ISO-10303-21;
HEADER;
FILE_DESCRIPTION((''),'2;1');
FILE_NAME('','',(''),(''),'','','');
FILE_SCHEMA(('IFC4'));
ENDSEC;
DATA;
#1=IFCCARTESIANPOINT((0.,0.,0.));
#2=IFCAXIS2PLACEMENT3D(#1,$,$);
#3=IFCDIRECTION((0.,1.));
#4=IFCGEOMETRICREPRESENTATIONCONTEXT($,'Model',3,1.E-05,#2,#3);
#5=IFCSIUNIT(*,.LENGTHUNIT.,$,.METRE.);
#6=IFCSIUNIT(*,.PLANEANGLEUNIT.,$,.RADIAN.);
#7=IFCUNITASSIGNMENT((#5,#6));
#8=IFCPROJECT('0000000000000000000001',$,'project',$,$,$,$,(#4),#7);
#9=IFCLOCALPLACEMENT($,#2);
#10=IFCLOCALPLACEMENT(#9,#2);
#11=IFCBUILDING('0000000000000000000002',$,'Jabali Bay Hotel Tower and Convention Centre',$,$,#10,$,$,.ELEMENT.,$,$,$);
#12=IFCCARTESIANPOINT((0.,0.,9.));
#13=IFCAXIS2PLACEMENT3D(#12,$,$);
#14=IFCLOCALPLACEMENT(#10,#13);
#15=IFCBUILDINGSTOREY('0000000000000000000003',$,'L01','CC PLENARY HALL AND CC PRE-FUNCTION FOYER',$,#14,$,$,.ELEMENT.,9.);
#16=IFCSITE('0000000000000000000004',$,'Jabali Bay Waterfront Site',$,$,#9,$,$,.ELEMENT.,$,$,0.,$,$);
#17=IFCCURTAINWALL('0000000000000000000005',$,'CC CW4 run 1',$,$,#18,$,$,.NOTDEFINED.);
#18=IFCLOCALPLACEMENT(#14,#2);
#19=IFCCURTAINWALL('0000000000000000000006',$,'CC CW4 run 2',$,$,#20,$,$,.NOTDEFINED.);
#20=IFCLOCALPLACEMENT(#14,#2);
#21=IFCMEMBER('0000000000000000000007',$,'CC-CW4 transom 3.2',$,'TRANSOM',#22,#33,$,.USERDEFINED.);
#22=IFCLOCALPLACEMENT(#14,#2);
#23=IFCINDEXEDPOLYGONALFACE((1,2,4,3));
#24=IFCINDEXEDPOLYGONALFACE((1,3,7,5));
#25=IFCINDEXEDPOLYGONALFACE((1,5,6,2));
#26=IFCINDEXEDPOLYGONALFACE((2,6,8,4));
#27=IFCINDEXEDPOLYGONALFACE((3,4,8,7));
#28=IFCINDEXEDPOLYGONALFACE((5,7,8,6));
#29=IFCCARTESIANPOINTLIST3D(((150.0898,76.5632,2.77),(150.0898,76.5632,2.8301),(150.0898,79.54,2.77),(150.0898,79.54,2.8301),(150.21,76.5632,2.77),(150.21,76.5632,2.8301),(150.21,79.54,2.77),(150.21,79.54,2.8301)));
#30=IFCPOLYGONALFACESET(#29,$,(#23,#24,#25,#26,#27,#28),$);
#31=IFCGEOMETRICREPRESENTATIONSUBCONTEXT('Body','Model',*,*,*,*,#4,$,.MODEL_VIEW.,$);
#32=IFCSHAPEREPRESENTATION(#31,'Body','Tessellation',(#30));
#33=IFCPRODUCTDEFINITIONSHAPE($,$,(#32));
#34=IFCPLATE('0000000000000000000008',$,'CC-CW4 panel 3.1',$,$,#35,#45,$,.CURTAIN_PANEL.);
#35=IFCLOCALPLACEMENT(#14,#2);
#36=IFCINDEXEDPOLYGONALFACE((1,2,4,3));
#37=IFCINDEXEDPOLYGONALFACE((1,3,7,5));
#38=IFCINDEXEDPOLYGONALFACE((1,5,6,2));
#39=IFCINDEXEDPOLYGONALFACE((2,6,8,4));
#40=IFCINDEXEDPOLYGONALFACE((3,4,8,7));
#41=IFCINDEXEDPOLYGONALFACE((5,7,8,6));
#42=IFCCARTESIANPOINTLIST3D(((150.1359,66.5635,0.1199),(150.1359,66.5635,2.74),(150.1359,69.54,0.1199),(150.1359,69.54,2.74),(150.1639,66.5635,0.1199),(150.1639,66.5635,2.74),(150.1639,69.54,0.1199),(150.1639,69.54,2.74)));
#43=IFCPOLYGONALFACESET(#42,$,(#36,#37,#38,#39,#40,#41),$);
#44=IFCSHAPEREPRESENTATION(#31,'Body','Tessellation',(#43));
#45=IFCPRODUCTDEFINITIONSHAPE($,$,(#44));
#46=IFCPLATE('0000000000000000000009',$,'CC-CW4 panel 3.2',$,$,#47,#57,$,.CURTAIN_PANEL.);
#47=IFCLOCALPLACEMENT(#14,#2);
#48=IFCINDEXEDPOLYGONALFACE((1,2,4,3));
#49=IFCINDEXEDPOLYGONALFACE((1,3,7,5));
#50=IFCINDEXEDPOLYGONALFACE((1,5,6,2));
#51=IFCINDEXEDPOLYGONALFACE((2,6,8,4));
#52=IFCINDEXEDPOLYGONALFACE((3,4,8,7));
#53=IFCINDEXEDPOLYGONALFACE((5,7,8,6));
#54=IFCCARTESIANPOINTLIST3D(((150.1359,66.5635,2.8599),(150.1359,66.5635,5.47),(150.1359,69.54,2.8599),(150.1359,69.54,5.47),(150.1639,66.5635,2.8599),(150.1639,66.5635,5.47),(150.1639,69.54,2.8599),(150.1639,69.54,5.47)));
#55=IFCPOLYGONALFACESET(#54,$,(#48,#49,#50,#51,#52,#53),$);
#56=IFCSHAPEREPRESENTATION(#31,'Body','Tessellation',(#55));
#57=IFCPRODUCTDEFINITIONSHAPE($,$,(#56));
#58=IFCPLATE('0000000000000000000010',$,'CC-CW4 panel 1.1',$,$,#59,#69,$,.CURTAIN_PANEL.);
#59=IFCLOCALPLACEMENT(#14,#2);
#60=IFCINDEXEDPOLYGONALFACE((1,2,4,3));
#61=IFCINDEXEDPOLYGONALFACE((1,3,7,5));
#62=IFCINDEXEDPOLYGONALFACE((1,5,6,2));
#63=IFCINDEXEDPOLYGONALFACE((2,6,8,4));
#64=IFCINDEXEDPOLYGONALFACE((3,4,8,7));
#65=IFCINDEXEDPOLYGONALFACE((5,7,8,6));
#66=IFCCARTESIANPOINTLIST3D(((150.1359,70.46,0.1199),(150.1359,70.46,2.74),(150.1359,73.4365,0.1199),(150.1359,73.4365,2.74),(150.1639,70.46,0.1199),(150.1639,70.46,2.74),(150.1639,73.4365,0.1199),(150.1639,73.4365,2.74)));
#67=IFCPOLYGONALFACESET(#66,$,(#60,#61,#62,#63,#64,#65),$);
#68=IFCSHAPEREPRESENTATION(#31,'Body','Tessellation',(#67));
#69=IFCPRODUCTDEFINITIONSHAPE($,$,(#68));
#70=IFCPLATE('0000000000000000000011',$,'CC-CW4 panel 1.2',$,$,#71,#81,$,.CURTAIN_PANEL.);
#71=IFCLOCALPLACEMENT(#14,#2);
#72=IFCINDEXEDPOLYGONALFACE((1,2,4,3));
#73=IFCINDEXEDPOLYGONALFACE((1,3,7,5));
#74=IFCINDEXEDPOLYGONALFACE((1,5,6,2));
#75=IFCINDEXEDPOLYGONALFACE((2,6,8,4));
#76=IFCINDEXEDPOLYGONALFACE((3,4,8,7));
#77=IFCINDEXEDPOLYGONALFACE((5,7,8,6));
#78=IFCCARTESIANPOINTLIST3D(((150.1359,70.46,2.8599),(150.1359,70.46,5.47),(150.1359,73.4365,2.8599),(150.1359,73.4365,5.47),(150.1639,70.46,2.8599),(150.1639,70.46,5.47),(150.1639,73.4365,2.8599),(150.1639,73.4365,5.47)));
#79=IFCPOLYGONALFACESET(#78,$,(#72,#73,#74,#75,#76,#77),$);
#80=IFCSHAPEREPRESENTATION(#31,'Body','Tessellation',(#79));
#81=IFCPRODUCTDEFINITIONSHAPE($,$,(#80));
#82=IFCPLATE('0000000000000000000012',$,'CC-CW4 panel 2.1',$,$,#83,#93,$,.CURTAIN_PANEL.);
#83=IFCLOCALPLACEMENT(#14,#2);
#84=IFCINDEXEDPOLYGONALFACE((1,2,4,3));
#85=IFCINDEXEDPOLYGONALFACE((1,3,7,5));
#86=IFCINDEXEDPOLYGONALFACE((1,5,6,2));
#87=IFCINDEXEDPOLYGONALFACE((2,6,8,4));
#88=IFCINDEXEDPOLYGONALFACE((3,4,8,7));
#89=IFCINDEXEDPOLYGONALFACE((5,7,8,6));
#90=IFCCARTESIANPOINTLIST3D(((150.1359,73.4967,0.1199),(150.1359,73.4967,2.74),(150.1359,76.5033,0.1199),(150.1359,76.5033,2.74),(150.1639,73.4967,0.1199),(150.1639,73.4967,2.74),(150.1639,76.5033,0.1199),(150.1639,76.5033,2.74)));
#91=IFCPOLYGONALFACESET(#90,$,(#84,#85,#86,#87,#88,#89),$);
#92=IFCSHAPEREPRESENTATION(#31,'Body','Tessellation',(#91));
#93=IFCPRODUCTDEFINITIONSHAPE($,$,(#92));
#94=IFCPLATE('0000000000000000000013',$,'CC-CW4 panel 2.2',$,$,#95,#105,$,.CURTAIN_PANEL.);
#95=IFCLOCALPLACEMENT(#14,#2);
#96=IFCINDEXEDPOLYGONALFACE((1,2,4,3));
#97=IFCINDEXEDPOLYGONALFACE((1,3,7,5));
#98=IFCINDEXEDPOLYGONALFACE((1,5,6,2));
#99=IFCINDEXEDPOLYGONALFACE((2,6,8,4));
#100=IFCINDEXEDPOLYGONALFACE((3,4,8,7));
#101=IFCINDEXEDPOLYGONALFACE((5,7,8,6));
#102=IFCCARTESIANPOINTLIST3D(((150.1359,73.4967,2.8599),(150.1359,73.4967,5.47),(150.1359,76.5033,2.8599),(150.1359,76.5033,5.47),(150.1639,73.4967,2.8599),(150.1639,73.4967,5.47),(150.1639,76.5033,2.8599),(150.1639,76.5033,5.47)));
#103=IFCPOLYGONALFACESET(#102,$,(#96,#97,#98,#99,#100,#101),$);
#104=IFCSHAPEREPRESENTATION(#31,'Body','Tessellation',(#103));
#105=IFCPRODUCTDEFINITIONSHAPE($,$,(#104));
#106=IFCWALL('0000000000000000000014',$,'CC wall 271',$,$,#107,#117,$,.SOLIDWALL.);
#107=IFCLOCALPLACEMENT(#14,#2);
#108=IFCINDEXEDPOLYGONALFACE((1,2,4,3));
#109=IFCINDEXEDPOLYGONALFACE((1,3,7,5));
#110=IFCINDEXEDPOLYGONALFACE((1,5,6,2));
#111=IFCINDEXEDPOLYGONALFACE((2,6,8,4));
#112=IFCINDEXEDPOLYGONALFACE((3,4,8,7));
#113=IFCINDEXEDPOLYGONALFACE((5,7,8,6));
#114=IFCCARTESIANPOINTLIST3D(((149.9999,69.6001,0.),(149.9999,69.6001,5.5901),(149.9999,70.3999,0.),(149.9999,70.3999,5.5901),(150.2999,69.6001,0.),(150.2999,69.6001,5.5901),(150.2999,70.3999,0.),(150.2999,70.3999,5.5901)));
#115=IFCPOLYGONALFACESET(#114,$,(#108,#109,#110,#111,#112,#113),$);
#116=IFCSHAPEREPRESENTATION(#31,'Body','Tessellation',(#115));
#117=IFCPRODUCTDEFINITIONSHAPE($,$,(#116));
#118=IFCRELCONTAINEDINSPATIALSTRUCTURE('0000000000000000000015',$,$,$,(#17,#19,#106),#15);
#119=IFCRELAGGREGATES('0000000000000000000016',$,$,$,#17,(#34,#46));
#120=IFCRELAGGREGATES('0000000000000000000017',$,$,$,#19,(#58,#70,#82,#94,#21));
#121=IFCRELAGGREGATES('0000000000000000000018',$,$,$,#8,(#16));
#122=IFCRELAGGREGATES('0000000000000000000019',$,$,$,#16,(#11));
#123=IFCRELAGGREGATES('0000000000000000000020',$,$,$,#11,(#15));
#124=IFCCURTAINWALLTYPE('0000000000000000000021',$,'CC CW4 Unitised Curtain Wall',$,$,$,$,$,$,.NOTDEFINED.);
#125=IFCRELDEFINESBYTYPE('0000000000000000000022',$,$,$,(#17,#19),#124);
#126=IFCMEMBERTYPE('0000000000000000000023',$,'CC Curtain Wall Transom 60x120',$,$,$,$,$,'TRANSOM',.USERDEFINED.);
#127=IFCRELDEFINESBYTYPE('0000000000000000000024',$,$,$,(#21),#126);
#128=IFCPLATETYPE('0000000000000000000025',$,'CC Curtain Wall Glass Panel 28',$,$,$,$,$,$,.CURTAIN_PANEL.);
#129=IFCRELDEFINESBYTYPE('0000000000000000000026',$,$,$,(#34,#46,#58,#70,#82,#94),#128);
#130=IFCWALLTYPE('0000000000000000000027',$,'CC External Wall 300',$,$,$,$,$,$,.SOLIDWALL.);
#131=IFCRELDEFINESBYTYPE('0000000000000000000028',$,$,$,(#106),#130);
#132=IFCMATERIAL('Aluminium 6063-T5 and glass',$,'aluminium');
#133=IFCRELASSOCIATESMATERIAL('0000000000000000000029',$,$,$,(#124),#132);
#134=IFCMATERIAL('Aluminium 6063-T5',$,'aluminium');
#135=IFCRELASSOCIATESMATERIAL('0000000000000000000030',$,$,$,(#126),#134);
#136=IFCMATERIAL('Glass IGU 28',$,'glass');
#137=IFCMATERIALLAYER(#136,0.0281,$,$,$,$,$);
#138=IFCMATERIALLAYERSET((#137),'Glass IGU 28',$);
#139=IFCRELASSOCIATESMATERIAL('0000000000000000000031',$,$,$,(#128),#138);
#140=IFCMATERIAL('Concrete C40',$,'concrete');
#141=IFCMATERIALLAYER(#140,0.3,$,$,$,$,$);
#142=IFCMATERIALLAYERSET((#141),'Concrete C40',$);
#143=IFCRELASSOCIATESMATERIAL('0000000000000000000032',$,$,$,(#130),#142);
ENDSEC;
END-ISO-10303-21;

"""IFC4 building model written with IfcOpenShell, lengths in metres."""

from ifc_helpers import new_model, si_unit, direction, frame, frame_2d, origin, origin_2d, place, context, subcontext, project, spatial, rectangle, extrude, material, layer, layer_set, material_profile, profile_set, type_object, element, aggregate, save


model = new_model("IFC4")

# Units and contexts
model_context = context("Model", 3, precision=1e-05, world=origin(), true_north=direction((0.0, 1.0)))
body_context = subcontext(model_context, "Body", "Model", "MODEL_VIEW")
ifc_project = project(units=[si_unit("LENGTHUNIT", "METRE"), si_unit("PLANEANGLEUNIT", "RADIAN")], contexts=[model_context])

# Site, building, storey
site_placement = place(None, origin())
site = spatial("IfcSite", under=ifc_project, at=site_placement, Name="Jabali Bay Waterfront Site", CompositionType="ELEMENT", RefElevation=0.0)
building_placement = place(site_placement, origin())
building = spatial("IfcBuilding", under=site, at=building_placement, Name="Jabali Bay Hotel Tower and Convention Centre", CompositionType="ELEMENT")
storey_placement = place(building_placement, frame((0.0, 0.0, 9.0)))
storey = spatial("IfcBuildingStorey", under=building, at=storey_placement, Name="L01", Description="CC PLENARY HALL AND CC PRE-FUNCTION FOYER", CompositionType="ELEMENT", Elevation=9.0)

# Curtain wall
ifc_material_1 = material(Name="Aluminium 6063-T5 and glass", Category="aluminium")
curtain_wall_type = type_object("IfcCurtainWallType", Name="CC CW4 Unitised Curtain Wall", PredefinedType="NOTDEFINED", material=ifc_material_1)
curtain_wall_1_placement = place(storey_placement, origin())
curtain_wall_1 = element("IfcCurtainWall", 1, at=curtain_wall_1_placement, inside=storey, type_object=curtain_wall_type, Name="CC CW4 run 1", PredefinedType="NOTDEFINED")
ifc_material_2 = material(Name="Aluminium 6063-T5", Category="aluminium")

# Curtain wall
curtain_wall_2_placement = place(storey_placement, origin())
curtain_wall_2 = element("IfcCurtainWall", 2, at=curtain_wall_2_placement, inside=storey, type_object=curtain_wall_type, Name="CC CW4 run 2", PredefinedType="NOTDEFINED")

# Member
ifc_material_profile_1 = material_profile(ifc_material_2, rectangle(XDim=0.1201, YDim=0.0601, at=origin_2d()), Name="AL 120x60")
ifc_profile_set_1 = profile_set([ifc_material_profile_1], Name="Aluminium 6063-T5")
member_type_1 = type_object("IfcMemberType", Name="CC Curtain Wall Transom 60x120", ElementType="TRANSOM", PredefinedType="USERDEFINED", material=ifc_profile_set_1)
member_1_placement = place(storey_placement, frame((150.1499, 76.5632, 2.8), z_axis=(0.0, 1.0, 0.0), x_axis=(-1.0, 0.0, 0.0)))
member_1 = element("IfcMember", 3, at=member_1_placement, type_object=member_type_1, Name="CC-CW4 transom 3.2", ObjectType="TRANSOM", PredefinedType="USERDEFINED", context=body_context, shape_type="SweptSolid", body=[
    extrude(rectangle(XDim=0.1201, YDim=0.0601, at=origin_2d()), origin(), (0.0, 0.0, 1.0), 2.9768),
])

# Plates
ifc_material_3 = material(Name="Glass IGU 28", Category="glass")
ifc_layer_1 = layer(ifc_material_3, 0.0281)
ifc_layer_set_1 = layer_set([ifc_layer_1], Name="Glass IGU 28")
plate_type = type_object("IfcPlateType", Name="CC Curtain Wall Glass Panel 28", PredefinedType="CURTAIN_PANEL", material=ifc_layer_set_1)
plate_1_placement = place(storey_placement, frame((150.1499, 68.0518, 0.1199), z_axis=(0.0, 0.0, 1.0), x_axis=(0.0, 1.0, 0.0)))
plate_1 = element("IfcPlate", 4, at=plate_1_placement, type_object=plate_type, Name="CC-CW4 panel 3.1", PredefinedType="CURTAIN_PANEL", context=body_context, shape_type="SweptSolid", body=[
    extrude(rectangle(XDim=2.9766, YDim=0.0281, at=origin_2d()), origin(), (0.0, 0.0, 1.0), 2.6201),
])
plate_2_placement = place(storey_placement, frame((150.1499, 68.0518, 2.8599), z_axis=(0.0, 0.0, 1.0), x_axis=(0.0, 1.0, 0.0)))
plate_2 = element("IfcPlate", 5, at=plate_2_placement, type_object=plate_type, Name="CC-CW4 panel 3.2", PredefinedType="CURTAIN_PANEL", context=body_context, shape_type="SweptSolid", body=[
    extrude(rectangle(XDim=2.9766, YDim=0.0281, at=origin_2d()), origin(), (0.0, 0.0, 1.0), 2.6101),
])
aggregate(curtain_wall_1, [plate_1, plate_2])
plate_3_placement = place(storey_placement, frame((150.1499, 71.9482, 0.1199), z_axis=(0.0, 0.0, 1.0), x_axis=(0.0, 1.0, 0.0)))
plate_3 = element("IfcPlate", 6, at=plate_3_placement, type_object=plate_type, Name="CC-CW4 panel 1.1", PredefinedType="CURTAIN_PANEL", context=body_context, shape_type="SweptSolid", body=[
    extrude(rectangle(XDim=2.9766, YDim=0.0281, at=origin_2d()), origin(), (0.0, 0.0, 1.0), 2.6201),
])
plate_4_placement = place(storey_placement, frame((150.1499, 71.9482, 2.8599), z_axis=(0.0, 0.0, 1.0), x_axis=(0.0, 1.0, 0.0)))
plate_4 = element("IfcPlate", 7, at=plate_4_placement, type_object=plate_type, Name="CC-CW4 panel 1.2", PredefinedType="CURTAIN_PANEL", context=body_context, shape_type="SweptSolid", body=[
    extrude(rectangle(XDim=2.9766, YDim=0.0281, at=origin_2d()), origin(), (0.0, 0.0, 1.0), 2.6101),
])
plate_5_placement = place(storey_placement, frame((150.1499, 75.0, 0.1199), z_axis=(0.0, 0.0, 1.0), x_axis=(0.0, 1.0, 0.0)))
plate_5 = element("IfcPlate", 8, at=plate_5_placement, type_object=plate_type, Name="CC-CW4 panel 2.1", PredefinedType="CURTAIN_PANEL", context=body_context, shape_type="SweptSolid", body=[
    extrude(rectangle(XDim=3.0066, YDim=0.0281, at=origin_2d()), origin(), (0.0, 0.0, 1.0), 2.6201),
])
plate_6_placement = place(storey_placement, frame((150.1499, 75.0, 2.8599), z_axis=(0.0, 0.0, 1.0), x_axis=(0.0, 1.0, 0.0)))
plate_6 = element("IfcPlate", 9, at=plate_6_placement, type_object=plate_type, Name="CC-CW4 panel 2.2", PredefinedType="CURTAIN_PANEL", context=body_context, shape_type="SweptSolid", body=[
    extrude(rectangle(XDim=3.0066, YDim=0.0281, at=origin_2d()), origin(), (0.0, 0.0, 1.0), 2.6101),
])
aggregate(curtain_wall_2, [plate_3, plate_4, plate_5, plate_6, member_1])

# Wall
ifc_material_4 = material(Name="Concrete C40", Category="concrete")
ifc_layer_2 = layer(ifc_material_4, 0.3)
ifc_layer_set_2 = layer_set([ifc_layer_2], Name="Concrete C40")
wall_type = type_object("IfcWallType", Name="CC External Wall 300", PredefinedType="SOLIDWALL", material=ifc_layer_set_2)
wall_placement = place(storey_placement, frame((150.1499, 69.6001, 0.0), z_axis=(0.0, 0.0, 1.0), x_axis=(0.0, 1.0, 0.0)))
element("IfcWall", 10, at=wall_placement, inside=storey, type_object=wall_type, Name="CC wall 271", PredefinedType="SOLIDWALL", context=body_context, shape_type="SweptSolid", body=[
    extrude(rectangle(XDim=0.7998, YDim=0.3, at=frame_2d((0.3999, 0.0))), origin(), (0.0, 0.0, 1.0), 5.5901),
])

save(model, "model.ifc")
